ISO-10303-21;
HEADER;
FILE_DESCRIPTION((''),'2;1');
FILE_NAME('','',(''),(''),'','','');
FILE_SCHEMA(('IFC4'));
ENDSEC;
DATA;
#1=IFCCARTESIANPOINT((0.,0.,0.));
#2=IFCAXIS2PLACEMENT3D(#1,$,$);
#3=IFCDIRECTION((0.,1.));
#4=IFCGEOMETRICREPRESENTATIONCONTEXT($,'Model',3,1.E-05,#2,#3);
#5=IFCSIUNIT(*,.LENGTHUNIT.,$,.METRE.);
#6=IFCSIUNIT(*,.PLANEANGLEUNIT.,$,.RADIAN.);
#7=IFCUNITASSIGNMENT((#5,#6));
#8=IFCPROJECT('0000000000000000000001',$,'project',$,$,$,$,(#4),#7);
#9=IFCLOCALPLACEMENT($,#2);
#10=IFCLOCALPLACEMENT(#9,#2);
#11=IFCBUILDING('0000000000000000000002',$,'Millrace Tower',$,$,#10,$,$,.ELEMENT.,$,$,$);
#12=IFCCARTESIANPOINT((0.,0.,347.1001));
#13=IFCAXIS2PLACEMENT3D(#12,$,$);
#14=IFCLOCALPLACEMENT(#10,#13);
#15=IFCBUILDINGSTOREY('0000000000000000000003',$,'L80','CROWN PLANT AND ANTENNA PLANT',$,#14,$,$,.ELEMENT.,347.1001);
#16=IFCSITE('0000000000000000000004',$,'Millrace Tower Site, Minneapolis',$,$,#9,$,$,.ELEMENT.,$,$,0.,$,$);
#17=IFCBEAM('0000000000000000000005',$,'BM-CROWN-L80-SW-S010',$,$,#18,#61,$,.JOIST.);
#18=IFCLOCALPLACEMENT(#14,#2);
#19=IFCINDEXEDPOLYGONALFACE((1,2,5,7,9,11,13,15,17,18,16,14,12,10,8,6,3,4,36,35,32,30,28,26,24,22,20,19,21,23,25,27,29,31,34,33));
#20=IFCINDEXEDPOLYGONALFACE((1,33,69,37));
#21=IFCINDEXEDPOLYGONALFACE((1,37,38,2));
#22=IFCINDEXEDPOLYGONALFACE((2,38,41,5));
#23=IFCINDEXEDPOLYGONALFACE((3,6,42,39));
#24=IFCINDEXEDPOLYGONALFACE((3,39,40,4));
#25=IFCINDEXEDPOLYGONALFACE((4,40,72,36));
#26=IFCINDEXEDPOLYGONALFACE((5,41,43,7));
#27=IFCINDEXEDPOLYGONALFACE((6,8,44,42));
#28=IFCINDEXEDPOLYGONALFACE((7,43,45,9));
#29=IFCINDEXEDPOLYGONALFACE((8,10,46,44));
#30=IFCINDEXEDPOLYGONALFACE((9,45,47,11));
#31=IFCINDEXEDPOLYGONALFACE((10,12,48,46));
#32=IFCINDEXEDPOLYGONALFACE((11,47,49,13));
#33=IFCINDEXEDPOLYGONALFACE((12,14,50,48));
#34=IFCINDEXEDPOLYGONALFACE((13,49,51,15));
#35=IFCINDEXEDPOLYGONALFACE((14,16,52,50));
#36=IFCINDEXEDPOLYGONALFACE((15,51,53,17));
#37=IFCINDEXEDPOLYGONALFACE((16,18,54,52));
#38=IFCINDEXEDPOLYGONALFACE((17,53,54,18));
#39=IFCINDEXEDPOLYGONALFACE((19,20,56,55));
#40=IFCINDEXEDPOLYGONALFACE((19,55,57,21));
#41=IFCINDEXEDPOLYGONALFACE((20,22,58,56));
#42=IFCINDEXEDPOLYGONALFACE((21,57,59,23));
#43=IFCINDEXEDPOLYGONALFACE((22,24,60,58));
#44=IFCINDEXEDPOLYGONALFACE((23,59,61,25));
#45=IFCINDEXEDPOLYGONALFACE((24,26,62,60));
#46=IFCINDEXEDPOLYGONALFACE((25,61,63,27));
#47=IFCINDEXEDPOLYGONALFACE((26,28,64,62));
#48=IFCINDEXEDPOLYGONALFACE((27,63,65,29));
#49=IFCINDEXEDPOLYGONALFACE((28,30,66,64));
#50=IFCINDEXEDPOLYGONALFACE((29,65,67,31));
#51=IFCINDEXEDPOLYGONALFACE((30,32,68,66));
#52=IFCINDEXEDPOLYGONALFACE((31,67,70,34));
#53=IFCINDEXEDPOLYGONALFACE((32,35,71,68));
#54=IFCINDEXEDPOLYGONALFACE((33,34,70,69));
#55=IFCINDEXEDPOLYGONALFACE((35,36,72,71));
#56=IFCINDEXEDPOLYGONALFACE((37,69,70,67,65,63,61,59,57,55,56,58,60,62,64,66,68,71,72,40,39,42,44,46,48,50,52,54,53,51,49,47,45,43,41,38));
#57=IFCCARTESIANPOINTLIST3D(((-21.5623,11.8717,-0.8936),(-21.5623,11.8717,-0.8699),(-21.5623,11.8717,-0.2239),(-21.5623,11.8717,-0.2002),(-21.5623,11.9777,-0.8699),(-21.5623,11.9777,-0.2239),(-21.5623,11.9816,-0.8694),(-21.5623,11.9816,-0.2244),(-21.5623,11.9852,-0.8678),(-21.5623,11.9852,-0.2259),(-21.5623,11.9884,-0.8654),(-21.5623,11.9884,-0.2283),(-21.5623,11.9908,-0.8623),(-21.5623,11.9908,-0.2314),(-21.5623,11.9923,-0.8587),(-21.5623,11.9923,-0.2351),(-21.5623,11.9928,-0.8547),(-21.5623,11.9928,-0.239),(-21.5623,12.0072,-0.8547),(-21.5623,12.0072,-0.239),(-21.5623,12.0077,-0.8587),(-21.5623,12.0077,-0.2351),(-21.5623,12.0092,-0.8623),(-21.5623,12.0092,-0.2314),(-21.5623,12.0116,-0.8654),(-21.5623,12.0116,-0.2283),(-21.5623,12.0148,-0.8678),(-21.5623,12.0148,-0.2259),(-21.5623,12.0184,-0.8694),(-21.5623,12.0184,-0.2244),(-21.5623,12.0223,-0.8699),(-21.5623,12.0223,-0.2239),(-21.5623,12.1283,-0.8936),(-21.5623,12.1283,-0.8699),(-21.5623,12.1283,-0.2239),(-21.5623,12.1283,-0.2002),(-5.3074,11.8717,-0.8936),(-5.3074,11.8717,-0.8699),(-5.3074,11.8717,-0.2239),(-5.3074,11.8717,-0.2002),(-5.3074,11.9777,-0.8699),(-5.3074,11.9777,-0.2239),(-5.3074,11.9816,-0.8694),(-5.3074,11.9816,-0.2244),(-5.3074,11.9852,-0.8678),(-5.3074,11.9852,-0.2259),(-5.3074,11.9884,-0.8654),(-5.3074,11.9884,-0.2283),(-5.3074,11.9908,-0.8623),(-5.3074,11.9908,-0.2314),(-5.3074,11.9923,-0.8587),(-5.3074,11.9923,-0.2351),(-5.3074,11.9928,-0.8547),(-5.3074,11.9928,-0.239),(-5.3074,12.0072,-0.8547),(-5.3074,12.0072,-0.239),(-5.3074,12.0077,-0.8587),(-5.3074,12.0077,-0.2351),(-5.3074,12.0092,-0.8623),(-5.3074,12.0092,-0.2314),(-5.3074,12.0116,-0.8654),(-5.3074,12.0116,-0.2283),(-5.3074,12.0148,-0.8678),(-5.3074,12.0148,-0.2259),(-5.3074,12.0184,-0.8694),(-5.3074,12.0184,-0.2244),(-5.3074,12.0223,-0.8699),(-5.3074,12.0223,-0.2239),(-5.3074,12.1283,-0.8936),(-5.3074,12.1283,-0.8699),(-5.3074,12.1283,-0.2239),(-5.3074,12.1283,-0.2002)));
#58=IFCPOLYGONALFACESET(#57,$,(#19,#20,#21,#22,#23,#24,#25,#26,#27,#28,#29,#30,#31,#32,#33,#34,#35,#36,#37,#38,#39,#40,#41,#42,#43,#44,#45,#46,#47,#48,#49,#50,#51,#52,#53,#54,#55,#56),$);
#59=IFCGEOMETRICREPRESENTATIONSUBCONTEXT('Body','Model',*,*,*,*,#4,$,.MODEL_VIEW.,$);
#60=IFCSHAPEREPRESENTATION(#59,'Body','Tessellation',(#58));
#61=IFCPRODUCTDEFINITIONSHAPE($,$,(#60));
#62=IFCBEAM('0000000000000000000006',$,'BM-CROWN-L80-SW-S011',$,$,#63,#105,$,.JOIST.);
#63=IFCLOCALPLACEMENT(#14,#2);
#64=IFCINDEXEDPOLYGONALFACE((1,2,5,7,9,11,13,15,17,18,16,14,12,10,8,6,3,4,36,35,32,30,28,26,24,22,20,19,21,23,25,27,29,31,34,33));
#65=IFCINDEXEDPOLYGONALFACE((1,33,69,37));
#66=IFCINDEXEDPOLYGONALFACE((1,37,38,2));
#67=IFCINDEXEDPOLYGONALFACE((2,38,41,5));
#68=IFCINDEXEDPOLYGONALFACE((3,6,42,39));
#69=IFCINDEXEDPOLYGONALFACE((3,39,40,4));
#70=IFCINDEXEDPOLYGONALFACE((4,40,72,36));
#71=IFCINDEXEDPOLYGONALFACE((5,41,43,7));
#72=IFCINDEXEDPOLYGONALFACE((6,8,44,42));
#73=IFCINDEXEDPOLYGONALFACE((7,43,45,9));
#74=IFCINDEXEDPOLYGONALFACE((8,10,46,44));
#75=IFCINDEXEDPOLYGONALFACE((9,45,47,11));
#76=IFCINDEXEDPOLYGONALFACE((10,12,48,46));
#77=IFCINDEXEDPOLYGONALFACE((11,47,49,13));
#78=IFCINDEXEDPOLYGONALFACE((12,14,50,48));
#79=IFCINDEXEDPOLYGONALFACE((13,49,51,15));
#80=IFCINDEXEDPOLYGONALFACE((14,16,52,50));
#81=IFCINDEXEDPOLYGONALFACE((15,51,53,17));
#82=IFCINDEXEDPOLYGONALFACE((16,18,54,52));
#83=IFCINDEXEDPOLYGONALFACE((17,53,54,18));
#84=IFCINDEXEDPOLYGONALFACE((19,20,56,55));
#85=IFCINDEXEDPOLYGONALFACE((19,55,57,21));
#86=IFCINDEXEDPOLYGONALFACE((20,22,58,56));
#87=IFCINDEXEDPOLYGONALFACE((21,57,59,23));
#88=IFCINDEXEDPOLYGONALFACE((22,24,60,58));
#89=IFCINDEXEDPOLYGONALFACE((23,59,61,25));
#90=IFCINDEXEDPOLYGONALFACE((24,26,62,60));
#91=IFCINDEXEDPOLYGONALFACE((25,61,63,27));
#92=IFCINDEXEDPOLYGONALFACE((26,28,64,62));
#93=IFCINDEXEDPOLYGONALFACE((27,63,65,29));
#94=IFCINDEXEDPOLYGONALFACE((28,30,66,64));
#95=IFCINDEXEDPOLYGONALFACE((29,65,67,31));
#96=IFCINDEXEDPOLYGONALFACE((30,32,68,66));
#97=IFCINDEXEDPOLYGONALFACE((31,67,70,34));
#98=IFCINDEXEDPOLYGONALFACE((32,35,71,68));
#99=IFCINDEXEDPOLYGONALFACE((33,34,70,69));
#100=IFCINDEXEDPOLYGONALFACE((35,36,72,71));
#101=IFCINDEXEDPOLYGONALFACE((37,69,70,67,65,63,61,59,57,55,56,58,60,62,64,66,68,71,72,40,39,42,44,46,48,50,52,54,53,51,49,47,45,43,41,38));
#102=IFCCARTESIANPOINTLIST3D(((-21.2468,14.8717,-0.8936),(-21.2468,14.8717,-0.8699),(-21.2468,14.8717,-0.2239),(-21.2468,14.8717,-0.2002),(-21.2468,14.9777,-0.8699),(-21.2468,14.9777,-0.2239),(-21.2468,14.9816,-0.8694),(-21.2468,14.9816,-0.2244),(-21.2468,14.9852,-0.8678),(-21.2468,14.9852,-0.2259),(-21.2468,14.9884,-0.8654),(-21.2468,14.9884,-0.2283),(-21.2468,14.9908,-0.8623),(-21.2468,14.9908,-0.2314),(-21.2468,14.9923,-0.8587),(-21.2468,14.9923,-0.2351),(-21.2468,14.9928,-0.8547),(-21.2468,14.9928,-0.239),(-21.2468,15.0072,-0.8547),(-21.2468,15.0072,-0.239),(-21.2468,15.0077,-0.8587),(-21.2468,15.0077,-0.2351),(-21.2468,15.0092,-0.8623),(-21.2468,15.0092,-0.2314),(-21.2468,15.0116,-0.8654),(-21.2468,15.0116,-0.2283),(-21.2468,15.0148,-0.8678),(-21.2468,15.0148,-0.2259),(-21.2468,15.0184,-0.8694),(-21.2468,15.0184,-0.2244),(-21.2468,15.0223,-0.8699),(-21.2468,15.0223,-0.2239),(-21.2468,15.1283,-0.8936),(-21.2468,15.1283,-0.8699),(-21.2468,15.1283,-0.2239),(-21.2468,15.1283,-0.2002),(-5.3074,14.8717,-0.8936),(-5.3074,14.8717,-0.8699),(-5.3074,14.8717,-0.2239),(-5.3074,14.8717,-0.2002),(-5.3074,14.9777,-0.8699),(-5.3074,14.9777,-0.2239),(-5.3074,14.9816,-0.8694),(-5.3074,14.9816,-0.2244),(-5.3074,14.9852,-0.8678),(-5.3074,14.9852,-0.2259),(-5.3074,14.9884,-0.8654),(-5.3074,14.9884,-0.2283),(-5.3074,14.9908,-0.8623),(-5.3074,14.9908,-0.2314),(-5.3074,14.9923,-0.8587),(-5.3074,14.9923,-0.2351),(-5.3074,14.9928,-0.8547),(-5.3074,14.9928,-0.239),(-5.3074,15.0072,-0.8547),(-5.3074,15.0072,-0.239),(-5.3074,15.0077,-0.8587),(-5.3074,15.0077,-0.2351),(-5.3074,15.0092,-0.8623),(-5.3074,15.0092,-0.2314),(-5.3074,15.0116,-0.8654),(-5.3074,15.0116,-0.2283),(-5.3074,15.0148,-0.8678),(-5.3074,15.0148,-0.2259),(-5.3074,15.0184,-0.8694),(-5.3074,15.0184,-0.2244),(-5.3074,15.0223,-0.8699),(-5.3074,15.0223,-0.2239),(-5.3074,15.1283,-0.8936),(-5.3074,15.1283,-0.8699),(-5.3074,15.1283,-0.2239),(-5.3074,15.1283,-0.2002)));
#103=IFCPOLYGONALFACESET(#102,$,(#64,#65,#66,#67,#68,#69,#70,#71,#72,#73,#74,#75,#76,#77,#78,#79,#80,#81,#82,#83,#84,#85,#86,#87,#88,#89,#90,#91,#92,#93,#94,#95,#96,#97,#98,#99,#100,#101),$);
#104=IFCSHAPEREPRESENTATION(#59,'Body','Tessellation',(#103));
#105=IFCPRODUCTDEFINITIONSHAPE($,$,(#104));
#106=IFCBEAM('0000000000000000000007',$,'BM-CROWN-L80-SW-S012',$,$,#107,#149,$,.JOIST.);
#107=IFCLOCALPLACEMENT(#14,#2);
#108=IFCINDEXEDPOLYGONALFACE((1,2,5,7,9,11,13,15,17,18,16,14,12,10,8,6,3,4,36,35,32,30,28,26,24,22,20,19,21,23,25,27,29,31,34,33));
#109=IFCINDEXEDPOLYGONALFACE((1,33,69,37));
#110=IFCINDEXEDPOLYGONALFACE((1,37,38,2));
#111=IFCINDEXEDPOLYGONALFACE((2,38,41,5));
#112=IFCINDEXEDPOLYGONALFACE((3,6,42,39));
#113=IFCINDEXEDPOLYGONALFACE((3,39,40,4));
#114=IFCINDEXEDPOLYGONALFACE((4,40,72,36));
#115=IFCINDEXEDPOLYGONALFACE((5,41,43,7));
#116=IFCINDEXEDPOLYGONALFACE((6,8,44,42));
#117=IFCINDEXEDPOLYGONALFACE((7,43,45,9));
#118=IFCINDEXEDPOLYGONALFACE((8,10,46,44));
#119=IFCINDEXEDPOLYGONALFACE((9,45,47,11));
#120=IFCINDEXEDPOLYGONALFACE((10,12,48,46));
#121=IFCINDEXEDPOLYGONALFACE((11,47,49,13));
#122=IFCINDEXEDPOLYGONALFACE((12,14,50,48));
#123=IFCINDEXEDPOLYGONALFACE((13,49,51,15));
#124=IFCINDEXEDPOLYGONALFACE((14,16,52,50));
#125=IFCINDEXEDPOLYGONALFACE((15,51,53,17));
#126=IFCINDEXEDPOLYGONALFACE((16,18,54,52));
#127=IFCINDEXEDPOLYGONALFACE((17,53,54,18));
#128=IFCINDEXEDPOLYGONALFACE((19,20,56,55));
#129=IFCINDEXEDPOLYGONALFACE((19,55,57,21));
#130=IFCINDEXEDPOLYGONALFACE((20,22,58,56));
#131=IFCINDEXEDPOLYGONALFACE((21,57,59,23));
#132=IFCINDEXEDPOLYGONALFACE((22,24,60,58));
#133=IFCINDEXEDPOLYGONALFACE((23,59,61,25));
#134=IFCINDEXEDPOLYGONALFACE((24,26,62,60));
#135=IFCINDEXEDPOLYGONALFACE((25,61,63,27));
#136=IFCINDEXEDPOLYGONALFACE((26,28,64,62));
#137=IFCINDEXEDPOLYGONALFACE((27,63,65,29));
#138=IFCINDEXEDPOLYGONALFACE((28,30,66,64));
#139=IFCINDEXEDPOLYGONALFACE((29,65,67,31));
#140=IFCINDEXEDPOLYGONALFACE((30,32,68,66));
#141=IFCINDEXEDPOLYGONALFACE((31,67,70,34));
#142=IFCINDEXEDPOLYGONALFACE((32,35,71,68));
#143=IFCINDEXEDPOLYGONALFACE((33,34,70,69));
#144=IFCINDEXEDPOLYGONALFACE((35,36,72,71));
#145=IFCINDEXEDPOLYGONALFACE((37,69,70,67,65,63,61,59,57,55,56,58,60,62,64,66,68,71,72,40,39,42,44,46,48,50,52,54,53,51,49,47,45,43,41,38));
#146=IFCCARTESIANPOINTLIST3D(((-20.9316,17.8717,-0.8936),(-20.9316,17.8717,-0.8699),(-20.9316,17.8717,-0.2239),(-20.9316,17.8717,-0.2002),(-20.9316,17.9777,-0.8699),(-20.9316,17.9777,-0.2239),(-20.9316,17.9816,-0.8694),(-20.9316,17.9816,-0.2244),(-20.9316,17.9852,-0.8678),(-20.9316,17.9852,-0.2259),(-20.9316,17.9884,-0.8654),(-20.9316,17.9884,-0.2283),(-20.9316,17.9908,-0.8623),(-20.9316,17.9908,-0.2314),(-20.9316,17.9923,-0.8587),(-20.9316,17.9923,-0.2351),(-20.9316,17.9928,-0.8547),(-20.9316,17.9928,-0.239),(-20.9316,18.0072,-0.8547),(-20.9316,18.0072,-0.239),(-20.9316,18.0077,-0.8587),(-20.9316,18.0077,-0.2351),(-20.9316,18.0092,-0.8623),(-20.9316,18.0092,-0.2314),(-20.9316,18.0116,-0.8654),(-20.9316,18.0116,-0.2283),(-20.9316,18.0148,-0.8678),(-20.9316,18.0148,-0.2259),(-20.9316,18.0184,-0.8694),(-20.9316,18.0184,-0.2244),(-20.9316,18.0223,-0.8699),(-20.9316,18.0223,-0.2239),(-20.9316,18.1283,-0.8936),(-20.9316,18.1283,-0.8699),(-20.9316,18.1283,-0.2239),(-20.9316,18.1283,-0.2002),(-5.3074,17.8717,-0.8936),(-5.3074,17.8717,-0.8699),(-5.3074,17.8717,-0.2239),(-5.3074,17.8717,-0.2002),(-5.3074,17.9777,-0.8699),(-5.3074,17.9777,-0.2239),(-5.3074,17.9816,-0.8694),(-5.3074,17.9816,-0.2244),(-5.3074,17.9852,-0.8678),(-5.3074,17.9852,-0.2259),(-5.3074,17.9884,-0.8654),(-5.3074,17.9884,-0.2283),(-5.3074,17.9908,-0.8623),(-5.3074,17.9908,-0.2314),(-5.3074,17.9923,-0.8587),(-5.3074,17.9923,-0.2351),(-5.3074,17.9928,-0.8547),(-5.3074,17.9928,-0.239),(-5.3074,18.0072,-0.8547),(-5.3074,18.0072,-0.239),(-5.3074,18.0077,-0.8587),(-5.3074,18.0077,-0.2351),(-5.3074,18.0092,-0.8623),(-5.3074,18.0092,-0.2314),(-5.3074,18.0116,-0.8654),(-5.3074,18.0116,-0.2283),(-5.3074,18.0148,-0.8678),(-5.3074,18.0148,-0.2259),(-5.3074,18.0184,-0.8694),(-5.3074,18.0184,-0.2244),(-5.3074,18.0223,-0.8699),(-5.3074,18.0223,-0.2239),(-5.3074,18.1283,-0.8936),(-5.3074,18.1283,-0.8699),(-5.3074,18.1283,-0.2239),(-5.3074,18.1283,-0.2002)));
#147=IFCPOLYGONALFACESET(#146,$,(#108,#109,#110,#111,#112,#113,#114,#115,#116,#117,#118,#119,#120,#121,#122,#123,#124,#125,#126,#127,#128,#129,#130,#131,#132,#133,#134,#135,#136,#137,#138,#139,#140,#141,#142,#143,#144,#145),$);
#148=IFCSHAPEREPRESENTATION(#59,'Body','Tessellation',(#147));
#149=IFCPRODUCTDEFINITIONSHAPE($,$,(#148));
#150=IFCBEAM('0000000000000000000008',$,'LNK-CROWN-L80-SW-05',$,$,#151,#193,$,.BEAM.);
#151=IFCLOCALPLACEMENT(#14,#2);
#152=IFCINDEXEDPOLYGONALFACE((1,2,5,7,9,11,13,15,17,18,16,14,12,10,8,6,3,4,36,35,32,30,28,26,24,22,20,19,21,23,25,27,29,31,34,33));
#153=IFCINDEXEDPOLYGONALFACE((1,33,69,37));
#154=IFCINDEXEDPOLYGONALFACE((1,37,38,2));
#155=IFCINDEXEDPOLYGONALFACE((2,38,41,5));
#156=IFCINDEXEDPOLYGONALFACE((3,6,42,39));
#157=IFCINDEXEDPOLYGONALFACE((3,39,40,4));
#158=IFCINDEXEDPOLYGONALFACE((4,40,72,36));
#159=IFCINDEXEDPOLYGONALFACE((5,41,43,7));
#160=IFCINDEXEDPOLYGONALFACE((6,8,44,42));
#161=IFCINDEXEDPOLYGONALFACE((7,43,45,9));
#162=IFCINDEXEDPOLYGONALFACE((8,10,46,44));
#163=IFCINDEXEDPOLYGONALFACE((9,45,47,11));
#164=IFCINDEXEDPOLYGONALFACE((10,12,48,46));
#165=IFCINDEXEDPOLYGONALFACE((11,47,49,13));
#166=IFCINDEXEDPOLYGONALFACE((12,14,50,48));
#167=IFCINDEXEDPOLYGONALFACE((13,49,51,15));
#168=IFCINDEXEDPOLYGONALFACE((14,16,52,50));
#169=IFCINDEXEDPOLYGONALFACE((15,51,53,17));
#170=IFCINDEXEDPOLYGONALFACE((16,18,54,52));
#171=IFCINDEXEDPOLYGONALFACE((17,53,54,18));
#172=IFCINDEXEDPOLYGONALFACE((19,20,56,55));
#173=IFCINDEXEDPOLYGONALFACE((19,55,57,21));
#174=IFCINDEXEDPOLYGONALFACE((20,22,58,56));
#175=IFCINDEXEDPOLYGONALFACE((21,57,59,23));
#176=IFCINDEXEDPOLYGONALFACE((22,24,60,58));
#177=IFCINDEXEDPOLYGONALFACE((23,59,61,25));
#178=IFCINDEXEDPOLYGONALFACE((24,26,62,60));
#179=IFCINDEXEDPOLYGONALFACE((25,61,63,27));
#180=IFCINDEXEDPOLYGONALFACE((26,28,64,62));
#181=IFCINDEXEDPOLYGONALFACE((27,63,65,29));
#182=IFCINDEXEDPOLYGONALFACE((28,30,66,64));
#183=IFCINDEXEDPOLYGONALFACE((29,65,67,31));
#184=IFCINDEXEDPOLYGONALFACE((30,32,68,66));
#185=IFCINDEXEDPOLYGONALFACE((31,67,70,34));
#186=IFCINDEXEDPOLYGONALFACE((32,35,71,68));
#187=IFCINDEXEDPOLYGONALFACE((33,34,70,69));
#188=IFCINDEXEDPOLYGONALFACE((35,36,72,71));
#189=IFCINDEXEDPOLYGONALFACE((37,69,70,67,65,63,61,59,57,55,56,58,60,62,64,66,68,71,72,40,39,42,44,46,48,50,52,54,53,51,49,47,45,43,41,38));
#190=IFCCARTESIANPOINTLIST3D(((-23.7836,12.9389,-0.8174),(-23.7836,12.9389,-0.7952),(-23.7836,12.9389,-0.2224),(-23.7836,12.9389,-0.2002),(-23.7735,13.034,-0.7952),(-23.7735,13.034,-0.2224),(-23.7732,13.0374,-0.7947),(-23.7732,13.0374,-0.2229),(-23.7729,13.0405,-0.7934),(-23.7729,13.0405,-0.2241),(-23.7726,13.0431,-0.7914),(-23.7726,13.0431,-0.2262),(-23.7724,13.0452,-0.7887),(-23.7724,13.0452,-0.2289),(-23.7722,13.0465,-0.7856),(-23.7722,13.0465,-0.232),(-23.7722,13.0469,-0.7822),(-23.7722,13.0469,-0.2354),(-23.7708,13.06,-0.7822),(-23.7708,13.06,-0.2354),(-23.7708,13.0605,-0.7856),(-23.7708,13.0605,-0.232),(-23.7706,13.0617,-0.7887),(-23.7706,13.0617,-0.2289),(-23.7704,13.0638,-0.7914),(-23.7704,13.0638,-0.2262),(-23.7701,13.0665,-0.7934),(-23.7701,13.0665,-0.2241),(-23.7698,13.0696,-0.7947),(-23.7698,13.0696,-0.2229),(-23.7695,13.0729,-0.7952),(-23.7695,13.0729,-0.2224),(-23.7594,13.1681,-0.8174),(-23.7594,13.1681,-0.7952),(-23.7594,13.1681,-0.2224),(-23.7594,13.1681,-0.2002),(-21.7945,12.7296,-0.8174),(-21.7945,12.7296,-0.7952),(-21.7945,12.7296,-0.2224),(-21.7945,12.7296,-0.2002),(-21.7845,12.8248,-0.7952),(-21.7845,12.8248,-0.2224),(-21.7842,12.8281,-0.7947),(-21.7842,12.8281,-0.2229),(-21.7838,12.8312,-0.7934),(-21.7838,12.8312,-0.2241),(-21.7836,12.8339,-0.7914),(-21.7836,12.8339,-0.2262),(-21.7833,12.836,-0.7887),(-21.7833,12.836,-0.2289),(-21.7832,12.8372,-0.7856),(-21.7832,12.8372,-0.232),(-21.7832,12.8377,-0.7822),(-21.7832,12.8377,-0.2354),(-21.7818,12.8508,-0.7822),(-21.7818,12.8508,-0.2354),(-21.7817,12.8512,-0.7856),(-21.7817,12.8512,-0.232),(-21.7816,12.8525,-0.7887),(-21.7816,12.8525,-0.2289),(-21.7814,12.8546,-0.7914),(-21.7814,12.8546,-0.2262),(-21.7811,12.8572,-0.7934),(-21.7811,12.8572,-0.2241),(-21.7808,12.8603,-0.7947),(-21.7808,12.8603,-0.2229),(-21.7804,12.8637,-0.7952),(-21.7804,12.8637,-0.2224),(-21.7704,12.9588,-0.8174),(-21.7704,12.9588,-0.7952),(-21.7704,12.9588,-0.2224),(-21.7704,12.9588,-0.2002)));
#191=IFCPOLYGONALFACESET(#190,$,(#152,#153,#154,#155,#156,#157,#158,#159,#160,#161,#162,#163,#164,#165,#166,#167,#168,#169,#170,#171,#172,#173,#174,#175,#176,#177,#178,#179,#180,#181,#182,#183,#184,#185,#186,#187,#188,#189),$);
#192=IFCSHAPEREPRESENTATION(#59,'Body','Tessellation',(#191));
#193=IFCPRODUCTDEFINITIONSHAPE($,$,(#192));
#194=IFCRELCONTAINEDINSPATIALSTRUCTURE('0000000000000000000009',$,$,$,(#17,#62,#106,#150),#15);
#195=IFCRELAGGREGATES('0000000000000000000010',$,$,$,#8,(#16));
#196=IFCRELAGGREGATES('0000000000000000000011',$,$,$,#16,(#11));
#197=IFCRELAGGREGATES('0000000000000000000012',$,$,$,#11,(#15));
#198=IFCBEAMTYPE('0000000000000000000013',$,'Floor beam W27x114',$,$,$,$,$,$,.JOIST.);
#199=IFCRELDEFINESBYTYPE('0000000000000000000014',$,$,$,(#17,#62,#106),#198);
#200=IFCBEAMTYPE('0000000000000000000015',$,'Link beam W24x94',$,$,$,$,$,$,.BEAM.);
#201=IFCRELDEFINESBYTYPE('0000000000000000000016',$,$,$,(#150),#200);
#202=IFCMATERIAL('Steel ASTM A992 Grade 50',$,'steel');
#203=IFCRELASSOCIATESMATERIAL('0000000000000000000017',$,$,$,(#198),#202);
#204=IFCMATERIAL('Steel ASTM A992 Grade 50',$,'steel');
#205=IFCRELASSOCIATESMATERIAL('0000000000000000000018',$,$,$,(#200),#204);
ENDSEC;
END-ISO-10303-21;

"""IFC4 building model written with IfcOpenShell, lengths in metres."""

from ifc_helpers import new_model, si_unit, direction, frame, origin, origin_2d, place, context, subcontext, project, spatial, i_section, extrude, material, material_profile, profile_set, type_object, element, save


model = new_model("IFC4")

# Units and contexts
model_context = context("Model", 3, precision=1e-05, world=origin(), true_north=direction((0.0, 1.0)))
body_context = subcontext(model_context, "Body", "Model", "MODEL_VIEW")
ifc_project = project(units=[si_unit("LENGTHUNIT", "METRE"), si_unit("PLANEANGLEUNIT", "RADIAN")], contexts=[model_context])

# Site, building, storey
site_placement = place(None, origin())
site = spatial("IfcSite", under=ifc_project, at=site_placement, Name="Millrace Tower Site, Minneapolis", CompositionType="ELEMENT", RefElevation=0.0)
building_placement = place(site_placement, origin())
building = spatial("IfcBuilding", under=site, at=building_placement, Name="Millrace Tower", CompositionType="ELEMENT")
storey_placement = place(building_placement, frame((0.0, 0.0, 347.1001)))
storey = spatial("IfcBuildingStorey", under=building, at=storey_placement, Name="L80", Description="CROWN PLANT AND ANTENNA PLANT", CompositionType="ELEMENT", Elevation=347.1001)

# Beams
ifc_material_1 = material(Name="Steel ASTM A992 Grade 50", Category="steel")
ifc_material_profile_1 = material_profile(ifc_material_1, i_section(OverallWidth=0.2566, OverallDepth=0.6934, WebThickness=0.0144, FlangeThickness=0.0237, FilletRadius=0.0151, at=origin_2d()))
ifc_profile_set_1 = profile_set([ifc_material_profile_1], Name="Steel ASTM A992 Grade 50")
beam_type_1 = type_object("IfcBeamType", Name="Floor beam W27x114", PredefinedType="JOIST", material=ifc_profile_set_1)
beam_1_placement = place(storey_placement, frame((-21.5623, 12.0, -0.5469), z_axis=(1.0, 0.0, 0.0), x_axis=(0.0, 1.0, 0.0)))
element("IfcBeam", 1, at=beam_1_placement, inside=storey, type_object=beam_type_1, Name="BM-CROWN-L80-SW-S010", PredefinedType="JOIST", context=body_context, shape_type="SweptSolid", body=[
    extrude(i_section(OverallWidth=0.2566, OverallDepth=0.6934, WebThickness=0.0144, FlangeThickness=0.0237, FilletRadius=0.0151, at=origin_2d()), origin(), (0.0, 0.0, 1.0), 16.2549),
])
beam_2_placement = place(storey_placement, frame((-21.2468, 15.0, -0.5469), z_axis=(1.0, 0.0, 0.0), x_axis=(0.0, 1.0, 0.0)))
element("IfcBeam", 2, at=beam_2_placement, inside=storey, type_object=beam_type_1, Name="BM-CROWN-L80-SW-S011", PredefinedType="JOIST", context=body_context, shape_type="SweptSolid", body=[
    extrude(i_section(OverallWidth=0.2566, OverallDepth=0.6934, WebThickness=0.0144, FlangeThickness=0.0237, FilletRadius=0.0151, at=origin_2d()), origin(), (0.0, 0.0, 1.0), 15.9395),
])
beam_3_placement = place(storey_placement, frame((-20.9316, 18.0, -0.5469), z_axis=(1.0, 0.0, 0.0), x_axis=(0.0, 1.0, 0.0)))
element("IfcBeam", 3, at=beam_3_placement, inside=storey, type_object=beam_type_1, Name="BM-CROWN-L80-SW-S012", PredefinedType="JOIST", context=body_context, shape_type="SweptSolid", body=[
    extrude(i_section(OverallWidth=0.2566, OverallDepth=0.6934, WebThickness=0.0144, FlangeThickness=0.0237, FilletRadius=0.0151, at=origin_2d()), origin(), (0.0, 0.0, 1.0), 15.6243),
])
ifc_material_2 = material(Name="Steel ASTM A992 Grade 50", Category="steel")
ifc_material_profile_2 = material_profile(ifc_material_2, i_section(OverallWidth=0.2305, OverallDepth=0.6172, WebThickness=0.0132, FlangeThickness=0.0222, FilletRadius=0.0129, at=origin_2d()))
ifc_profile_set_2 = profile_set([ifc_material_profile_2], Name="Steel ASTM A992 Grade 50")
beam_type_2 = type_object("IfcBeamType", Name="Link beam W24x94", PredefinedType="BEAM", material=ifc_profile_set_2)
beam_4_placement = place(storey_placement, frame((-21.7825, 12.8442, -0.5088), z_axis=(-0.994513, 0.104615, 0.0), x_axis=(-0.104615, -0.994513, 0.0)))
element("IfcBeam", 4, at=beam_4_placement, inside=storey, type_object=beam_type_2, Name="LNK-CROWN-L80-SW-05", PredefinedType="BEAM", context=body_context, shape_type="SweptSolid", body=[
    extrude(i_section(OverallWidth=0.2305, OverallDepth=0.6172, WebThickness=0.0132, FlangeThickness=0.0222, FilletRadius=0.0129, at=origin_2d()), origin(), (0.0, 0.0, 1.0), 2.0),
])

save(model, "model.ifc")
